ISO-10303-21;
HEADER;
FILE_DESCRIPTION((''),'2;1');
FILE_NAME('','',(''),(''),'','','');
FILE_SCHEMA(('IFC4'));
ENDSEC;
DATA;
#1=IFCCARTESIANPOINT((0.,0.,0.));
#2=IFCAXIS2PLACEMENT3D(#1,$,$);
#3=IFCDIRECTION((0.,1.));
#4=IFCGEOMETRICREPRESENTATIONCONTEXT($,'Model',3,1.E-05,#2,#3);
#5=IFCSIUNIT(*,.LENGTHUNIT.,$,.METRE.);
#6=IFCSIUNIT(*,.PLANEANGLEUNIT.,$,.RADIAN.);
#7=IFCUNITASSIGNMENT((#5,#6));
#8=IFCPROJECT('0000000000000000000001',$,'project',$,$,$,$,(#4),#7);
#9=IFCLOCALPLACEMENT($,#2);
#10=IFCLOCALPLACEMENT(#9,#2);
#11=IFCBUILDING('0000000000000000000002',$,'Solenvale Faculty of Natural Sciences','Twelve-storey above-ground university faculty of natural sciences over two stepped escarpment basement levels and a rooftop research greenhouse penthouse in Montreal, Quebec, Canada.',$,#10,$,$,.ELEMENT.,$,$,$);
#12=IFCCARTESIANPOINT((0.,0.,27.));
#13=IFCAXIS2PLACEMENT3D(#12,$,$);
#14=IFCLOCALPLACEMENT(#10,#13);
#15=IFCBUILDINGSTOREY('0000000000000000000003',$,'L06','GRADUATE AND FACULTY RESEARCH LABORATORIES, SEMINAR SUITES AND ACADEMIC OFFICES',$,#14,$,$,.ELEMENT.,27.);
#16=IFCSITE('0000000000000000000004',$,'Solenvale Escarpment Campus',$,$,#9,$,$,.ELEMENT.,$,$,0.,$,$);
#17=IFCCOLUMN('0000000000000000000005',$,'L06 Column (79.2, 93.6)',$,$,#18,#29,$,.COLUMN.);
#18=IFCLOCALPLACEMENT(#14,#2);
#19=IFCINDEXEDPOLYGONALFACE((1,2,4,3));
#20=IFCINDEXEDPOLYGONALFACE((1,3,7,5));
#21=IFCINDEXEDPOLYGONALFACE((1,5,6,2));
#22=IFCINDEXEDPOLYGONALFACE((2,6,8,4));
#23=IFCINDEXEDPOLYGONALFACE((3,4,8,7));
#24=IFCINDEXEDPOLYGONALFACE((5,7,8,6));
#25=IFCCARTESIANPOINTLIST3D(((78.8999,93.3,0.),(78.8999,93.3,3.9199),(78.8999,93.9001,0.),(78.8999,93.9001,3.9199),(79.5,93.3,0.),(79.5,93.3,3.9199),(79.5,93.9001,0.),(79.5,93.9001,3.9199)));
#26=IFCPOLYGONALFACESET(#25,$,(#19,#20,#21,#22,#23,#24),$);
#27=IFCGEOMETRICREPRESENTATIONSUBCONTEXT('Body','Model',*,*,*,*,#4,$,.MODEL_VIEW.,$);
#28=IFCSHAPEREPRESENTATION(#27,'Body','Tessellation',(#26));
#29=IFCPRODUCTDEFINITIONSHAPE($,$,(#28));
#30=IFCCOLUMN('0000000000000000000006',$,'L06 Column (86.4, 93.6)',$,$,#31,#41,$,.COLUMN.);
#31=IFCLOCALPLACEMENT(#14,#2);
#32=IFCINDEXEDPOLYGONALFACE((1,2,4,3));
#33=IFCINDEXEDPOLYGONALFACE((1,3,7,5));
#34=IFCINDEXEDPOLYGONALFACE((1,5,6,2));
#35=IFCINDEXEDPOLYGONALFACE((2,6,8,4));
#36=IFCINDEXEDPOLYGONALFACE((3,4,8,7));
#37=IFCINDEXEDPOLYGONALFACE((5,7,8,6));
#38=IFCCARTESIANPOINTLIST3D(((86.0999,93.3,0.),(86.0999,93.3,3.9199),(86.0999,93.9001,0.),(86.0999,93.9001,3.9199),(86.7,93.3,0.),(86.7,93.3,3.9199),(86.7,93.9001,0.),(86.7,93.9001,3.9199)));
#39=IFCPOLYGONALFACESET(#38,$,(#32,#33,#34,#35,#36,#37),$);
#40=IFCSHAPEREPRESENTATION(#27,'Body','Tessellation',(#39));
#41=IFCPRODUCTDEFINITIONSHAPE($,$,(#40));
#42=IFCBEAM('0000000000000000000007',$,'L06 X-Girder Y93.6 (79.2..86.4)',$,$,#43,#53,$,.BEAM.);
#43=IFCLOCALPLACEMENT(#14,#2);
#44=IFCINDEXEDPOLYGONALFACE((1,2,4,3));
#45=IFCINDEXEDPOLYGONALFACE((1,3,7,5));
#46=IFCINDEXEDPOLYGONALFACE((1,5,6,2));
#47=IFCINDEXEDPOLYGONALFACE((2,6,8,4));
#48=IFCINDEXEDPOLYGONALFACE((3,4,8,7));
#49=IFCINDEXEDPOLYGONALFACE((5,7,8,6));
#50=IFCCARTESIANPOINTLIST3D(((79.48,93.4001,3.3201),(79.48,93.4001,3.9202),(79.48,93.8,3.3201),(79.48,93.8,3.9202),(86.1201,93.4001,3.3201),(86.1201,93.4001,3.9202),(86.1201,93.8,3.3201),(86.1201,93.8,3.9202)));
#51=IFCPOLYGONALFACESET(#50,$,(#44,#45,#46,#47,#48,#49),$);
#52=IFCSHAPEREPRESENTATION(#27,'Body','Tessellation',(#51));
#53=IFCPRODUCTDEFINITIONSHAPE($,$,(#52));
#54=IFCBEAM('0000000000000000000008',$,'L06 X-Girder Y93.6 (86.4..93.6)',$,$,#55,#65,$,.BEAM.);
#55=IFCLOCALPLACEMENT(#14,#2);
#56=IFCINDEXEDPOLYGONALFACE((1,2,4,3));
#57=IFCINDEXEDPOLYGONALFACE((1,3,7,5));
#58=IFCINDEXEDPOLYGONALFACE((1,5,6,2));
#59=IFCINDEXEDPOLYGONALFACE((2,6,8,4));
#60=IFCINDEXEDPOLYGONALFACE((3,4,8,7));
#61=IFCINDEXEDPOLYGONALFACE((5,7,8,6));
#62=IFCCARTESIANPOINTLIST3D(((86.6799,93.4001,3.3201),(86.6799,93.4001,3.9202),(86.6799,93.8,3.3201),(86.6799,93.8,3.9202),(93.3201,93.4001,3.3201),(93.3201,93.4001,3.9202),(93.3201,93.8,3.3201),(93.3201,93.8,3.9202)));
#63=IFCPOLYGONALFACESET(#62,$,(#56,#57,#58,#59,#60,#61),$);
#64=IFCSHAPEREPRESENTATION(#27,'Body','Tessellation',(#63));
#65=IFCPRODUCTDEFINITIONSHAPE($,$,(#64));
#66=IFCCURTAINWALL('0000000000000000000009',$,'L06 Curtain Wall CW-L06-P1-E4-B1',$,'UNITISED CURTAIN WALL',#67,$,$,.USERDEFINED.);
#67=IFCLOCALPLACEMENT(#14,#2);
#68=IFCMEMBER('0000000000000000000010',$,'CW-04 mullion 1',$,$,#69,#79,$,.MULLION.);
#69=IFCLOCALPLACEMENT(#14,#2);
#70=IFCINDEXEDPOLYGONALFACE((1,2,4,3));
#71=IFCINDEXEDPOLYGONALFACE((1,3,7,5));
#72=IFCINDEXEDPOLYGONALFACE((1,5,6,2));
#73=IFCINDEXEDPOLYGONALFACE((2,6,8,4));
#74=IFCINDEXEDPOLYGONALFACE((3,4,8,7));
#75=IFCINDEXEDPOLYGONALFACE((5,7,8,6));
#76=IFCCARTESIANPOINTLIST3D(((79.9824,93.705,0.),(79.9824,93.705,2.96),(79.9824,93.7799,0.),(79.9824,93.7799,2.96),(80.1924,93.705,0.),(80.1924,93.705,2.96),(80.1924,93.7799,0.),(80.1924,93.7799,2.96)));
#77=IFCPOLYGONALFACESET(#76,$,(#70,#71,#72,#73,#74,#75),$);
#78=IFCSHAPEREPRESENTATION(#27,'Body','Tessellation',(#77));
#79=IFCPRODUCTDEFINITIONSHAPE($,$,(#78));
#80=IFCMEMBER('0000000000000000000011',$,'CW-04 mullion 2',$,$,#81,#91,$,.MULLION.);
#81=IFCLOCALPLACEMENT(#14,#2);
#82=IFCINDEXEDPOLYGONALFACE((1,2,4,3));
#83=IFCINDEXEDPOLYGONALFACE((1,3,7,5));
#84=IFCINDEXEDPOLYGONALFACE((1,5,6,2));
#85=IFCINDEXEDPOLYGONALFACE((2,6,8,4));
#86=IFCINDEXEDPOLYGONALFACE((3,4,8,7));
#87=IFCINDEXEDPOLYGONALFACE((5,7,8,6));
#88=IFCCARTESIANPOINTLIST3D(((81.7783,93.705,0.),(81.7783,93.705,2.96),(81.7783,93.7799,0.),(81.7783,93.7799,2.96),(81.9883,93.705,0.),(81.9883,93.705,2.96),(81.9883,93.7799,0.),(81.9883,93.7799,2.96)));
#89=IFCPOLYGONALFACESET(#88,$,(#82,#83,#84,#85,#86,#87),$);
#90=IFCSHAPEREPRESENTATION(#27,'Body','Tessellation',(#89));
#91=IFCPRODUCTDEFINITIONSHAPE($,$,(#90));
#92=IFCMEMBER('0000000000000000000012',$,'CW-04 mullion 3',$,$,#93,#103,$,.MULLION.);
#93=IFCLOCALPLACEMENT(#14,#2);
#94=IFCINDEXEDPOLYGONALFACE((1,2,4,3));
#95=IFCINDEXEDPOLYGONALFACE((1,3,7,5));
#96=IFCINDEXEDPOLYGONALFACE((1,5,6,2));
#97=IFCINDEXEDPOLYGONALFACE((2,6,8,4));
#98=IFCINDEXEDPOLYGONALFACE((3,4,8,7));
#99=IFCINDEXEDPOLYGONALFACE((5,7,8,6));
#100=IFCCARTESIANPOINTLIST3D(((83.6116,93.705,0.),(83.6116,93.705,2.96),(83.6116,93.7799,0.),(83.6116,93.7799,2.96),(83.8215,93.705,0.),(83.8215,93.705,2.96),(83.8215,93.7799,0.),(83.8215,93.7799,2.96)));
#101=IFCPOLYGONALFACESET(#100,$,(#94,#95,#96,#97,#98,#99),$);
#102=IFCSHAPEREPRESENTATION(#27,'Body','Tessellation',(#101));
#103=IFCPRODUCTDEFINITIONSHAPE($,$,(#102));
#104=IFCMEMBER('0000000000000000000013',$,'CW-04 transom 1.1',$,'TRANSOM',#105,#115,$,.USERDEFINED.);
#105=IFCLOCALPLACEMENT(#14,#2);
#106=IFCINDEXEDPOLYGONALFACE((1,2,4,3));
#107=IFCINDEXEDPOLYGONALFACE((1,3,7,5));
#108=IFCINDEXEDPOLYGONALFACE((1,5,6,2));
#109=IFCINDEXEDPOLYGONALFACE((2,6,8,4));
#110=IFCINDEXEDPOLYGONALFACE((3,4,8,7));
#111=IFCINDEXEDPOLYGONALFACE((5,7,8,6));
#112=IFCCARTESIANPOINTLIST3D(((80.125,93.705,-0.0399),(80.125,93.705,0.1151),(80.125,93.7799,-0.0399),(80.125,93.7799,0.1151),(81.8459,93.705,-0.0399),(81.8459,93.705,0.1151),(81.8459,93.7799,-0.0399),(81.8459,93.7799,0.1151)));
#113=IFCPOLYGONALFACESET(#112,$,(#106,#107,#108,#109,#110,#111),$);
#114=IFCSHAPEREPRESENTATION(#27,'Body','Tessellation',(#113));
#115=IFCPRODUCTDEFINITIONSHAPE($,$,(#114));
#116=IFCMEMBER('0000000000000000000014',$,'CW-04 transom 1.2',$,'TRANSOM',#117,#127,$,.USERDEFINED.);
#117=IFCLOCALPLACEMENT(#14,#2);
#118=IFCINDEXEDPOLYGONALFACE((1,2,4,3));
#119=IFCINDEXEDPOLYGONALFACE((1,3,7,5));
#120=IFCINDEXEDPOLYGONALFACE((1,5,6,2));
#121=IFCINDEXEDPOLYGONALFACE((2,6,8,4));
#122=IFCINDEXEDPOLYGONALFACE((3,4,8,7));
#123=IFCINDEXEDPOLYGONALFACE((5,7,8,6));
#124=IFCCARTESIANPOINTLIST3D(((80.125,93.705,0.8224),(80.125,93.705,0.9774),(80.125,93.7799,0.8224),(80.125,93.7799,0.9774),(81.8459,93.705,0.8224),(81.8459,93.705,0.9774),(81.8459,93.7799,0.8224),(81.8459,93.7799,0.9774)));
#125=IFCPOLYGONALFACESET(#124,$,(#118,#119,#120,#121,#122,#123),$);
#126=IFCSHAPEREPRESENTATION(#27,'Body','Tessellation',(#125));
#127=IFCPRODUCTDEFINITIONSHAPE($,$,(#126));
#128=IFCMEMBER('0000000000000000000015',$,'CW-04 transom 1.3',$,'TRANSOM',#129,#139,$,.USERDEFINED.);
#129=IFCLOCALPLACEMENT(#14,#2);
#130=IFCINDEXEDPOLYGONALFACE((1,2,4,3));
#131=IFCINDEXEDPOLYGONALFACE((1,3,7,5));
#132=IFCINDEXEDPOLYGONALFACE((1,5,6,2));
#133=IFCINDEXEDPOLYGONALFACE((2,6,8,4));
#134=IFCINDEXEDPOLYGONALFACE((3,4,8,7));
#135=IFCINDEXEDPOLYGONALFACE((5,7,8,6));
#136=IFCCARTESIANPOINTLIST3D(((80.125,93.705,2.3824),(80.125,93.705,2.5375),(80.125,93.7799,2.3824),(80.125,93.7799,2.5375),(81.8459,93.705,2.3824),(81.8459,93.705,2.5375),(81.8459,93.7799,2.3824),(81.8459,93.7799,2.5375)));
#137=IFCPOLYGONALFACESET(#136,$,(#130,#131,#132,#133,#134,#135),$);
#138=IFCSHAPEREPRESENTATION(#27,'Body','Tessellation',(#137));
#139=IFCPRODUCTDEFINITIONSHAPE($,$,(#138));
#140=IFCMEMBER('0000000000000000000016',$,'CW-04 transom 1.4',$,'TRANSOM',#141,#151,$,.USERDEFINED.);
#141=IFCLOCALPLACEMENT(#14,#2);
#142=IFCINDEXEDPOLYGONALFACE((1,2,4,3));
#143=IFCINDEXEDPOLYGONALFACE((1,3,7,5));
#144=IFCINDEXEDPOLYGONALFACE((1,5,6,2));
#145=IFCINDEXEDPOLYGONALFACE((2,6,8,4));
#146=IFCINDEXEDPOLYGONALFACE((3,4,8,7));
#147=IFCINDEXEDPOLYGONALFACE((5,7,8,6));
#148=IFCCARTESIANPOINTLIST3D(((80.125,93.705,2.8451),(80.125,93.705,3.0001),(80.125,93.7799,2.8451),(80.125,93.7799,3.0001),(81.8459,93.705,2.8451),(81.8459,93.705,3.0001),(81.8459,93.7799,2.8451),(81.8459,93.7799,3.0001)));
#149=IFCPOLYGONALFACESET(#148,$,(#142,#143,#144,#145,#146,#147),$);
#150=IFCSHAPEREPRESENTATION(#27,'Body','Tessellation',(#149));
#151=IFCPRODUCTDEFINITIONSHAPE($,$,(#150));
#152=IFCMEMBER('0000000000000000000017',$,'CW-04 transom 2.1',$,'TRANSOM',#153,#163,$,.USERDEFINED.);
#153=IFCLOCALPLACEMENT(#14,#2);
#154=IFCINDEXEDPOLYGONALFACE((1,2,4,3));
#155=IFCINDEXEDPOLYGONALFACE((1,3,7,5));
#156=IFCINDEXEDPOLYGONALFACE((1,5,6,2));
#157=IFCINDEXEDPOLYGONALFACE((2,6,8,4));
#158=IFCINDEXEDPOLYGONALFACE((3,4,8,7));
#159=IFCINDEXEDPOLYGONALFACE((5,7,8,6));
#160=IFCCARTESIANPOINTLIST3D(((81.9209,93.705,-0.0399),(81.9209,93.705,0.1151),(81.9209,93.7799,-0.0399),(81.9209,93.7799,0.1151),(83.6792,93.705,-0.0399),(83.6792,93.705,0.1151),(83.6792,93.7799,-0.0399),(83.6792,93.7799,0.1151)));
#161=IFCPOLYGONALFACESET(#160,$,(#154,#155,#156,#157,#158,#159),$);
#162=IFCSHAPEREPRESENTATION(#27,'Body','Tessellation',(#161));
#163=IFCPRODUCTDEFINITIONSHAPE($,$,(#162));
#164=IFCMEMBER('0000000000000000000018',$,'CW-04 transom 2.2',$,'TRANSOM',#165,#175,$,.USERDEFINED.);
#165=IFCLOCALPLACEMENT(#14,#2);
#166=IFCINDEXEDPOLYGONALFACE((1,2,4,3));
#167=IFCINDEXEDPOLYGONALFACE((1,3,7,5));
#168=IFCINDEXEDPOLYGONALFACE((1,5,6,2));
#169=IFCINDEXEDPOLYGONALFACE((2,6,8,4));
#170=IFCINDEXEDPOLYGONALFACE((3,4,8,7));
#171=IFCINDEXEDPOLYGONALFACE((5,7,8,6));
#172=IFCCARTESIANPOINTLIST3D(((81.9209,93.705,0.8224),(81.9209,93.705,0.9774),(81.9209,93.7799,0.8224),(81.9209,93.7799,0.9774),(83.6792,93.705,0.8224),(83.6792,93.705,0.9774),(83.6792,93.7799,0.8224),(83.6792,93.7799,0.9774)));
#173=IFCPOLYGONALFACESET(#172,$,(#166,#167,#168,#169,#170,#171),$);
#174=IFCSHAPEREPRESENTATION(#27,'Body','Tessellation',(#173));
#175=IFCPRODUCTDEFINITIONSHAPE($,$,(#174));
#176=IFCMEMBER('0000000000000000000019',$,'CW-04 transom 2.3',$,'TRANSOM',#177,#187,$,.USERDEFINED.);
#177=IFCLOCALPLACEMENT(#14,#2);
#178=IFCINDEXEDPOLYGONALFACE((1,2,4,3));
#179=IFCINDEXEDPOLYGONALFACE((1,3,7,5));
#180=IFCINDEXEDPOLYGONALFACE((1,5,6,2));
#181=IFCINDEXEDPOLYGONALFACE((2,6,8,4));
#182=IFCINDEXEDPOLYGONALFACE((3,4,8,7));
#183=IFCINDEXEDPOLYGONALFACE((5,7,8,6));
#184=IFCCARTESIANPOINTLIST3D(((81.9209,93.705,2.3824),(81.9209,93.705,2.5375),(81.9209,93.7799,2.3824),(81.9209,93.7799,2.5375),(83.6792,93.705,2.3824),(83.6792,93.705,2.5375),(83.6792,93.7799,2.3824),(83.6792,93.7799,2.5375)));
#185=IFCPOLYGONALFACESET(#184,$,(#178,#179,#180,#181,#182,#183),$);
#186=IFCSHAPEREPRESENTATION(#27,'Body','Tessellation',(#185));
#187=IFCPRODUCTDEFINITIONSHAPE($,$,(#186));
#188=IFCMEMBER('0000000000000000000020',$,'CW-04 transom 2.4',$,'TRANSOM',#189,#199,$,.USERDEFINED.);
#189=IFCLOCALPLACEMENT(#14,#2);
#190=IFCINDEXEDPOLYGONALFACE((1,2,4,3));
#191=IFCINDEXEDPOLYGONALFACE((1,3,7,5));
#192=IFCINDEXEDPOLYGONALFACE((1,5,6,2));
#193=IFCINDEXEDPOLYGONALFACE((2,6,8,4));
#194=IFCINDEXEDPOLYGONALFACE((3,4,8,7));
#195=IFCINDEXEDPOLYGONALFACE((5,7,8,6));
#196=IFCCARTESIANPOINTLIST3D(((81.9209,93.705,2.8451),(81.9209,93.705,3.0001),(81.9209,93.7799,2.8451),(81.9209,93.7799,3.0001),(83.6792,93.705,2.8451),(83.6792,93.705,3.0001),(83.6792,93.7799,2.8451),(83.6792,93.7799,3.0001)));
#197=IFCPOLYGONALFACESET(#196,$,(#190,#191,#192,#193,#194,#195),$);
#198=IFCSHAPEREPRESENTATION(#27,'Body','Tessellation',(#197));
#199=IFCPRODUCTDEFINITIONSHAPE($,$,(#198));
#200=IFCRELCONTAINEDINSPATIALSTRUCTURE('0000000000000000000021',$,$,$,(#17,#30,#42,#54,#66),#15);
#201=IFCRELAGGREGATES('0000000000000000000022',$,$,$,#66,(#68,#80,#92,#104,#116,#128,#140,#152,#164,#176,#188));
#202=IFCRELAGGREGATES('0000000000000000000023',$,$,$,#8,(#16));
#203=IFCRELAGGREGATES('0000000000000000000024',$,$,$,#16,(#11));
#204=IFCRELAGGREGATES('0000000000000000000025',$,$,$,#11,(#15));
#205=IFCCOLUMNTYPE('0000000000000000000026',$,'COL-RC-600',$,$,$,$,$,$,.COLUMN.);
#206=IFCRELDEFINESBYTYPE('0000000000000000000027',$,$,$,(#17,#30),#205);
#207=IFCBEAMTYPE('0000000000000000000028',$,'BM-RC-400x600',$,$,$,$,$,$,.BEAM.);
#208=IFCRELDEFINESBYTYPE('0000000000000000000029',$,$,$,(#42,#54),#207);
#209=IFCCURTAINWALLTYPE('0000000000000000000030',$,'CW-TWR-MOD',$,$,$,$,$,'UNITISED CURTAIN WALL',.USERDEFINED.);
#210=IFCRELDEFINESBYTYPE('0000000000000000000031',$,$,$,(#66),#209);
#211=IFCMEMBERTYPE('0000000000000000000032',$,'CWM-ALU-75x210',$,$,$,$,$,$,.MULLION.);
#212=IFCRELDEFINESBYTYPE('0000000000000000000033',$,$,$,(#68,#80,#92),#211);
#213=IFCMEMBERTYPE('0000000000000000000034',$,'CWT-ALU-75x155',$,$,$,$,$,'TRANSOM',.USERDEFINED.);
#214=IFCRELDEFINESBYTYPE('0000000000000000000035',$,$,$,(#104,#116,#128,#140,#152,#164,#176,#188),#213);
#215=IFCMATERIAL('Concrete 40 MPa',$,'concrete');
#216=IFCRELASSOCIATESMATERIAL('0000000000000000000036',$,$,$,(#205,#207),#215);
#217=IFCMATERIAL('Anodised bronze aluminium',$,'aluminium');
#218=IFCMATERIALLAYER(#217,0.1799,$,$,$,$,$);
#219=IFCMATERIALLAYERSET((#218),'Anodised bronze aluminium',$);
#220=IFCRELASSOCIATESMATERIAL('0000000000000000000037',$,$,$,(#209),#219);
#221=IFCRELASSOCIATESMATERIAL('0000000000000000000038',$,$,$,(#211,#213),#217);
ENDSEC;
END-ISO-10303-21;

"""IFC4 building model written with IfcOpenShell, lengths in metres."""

from ifc_helpers import new_model, si_unit, direction, frame, origin, origin_2d, place, context, subcontext, project, spatial, rectangle, extrude, material, layer, layer_set, material_profile, profile_set, type_object, element, aggregate, save


model = new_model("IFC4")

# Units and contexts
model_context = context("Model", 3, precision=1e-05, world=origin(), true_north=direction((0.0, 1.0)))
body_context = subcontext(model_context, "Body", "Model", "MODEL_VIEW")
ifc_project = project(units=[si_unit("LENGTHUNIT", "METRE"), si_unit("PLANEANGLEUNIT", "RADIAN")], contexts=[model_context])

# Site, building, storey
site_placement = place(None, origin())
site = spatial("IfcSite", under=ifc_project, at=site_placement, Name="Solenvale Escarpment Campus", CompositionType="ELEMENT", RefElevation=0.0)
building_placement = place(site_placement, origin())
building = spatial("IfcBuilding", under=site, at=building_placement, Name="Solenvale Faculty of Natural Sciences", Description="Twelve-storey above-ground university faculty of natural sciences over two stepped escarpment basement levels and a rooftop research greenhouse penthouse in Montreal, Quebec, Canada.", CompositionType="ELEMENT")
storey_placement = place(building_placement, frame((0.0, 0.0, 27.0)))
storey = spatial("IfcBuildingStorey", under=building, at=storey_placement, Name="L06", Description="GRADUATE AND FACULTY RESEARCH LABORATORIES, SEMINAR SUITES AND ACADEMIC OFFICES", CompositionType="ELEMENT", Elevation=27.0)

# Columns
ifc_material_1 = material(Name="Concrete 40 MPa", Category="concrete")
ifc_material_profile_1 = material_profile(ifc_material_1, rectangle(XDim=0.6001, YDim=0.6001, at=origin_2d()), Name="RC-COL-600x600")
ifc_profile_set_1 = profile_set([ifc_material_profile_1], Name="Concrete 40 MPa")
column_type = type_object("IfcColumnType", Name="COL-RC-600", PredefinedType="COLUMN", material=ifc_profile_set_1)
for number, where, z_axis, x_axis, name in (
    (1, (79.2, 93.6001, 0.0), (0.0, 0.0, 1.0), (1.0, 0.0, 0.0), "L06 Column (79.2, 93.6)"),
    (2, (86.3999, 93.6001, 0.0), (0.0, 0.0, 1.0), (1.0, 0.0, 0.0), "L06 Column (86.4, 93.6)"),
):
    element("IfcColumn", number, at=place(storey_placement, frame(where, z_axis=z_axis, x_axis=x_axis)), inside=storey, type_object=column_type, Name=name, PredefinedType="COLUMN", context=body_context, shape_type="SweptSolid", body=[
        extrude(rectangle(XDim=0.6001, YDim=0.6001, at=origin_2d()), origin(), (0.0, 0.0, 1.0), 3.9199),
    ])

# Beams
ifc_material_profile_2 = material_profile(ifc_material_1, rectangle(XDim=0.3999, YDim=0.6001, at=origin_2d()), Name="RC-BM-400x600")
ifc_profile_set_2 = profile_set([ifc_material_profile_2], Name="Concrete 40 MPa")
beam_type = type_object("IfcBeamType", Name="BM-RC-400x600", PredefinedType="BEAM", material=ifc_profile_set_2)
for number, where, z_axis, x_axis, name in (
    (3, (79.48, 93.6001, 3.6201), (1.0, 0.0, 0.0), (0.0, 1.0, 0.0), "L06 X-Girder Y93.6 (79.2..86.4)"),
    (4, (86.6799, 93.6001, 3.6201), (1.0, 0.0, 0.0), (0.0, 1.0, 0.0), "L06 X-Girder Y93.6 (86.4..93.6)"),
):
    element("IfcBeam", number, at=place(storey_placement, frame(where, z_axis=z_axis, x_axis=x_axis)), inside=storey, type_object=beam_type, Name=name, PredefinedType="BEAM", context=body_context, shape_type="SweptSolid", body=[
        extrude(rectangle(XDim=0.3999, YDim=0.6001, at=origin_2d()), origin(), (0.0, 0.0, 1.0), 6.6401),
    ])

# Curtain wall, members
ifc_material_2 = material(Name="Anodised bronze aluminium", Category="aluminium")
ifc_layer_1 = layer(ifc_material_2, 0.1799)
ifc_layer_set_1 = layer_set([ifc_layer_1], Name="Anodised bronze aluminium")
curtain_wall_type = type_object("IfcCurtainWallType", Name="CW-TWR-MOD", ElementType="UNITISED CURTAIN WALL", PredefinedType="USERDEFINED", material=ifc_layer_set_1)
curtain_wall_placement = place(storey_placement, origin())
curtain_wall = element("IfcCurtainWall", 5, at=curtain_wall_placement, inside=storey, type_object=curtain_wall_type, Name="L06 Curtain Wall CW-L06-P1-E4-B1", ObjectType="UNITISED CURTAIN WALL", PredefinedType="USERDEFINED")
ifc_material_profile_3 = material_profile(ifc_material_2, rectangle(XDim=0.075, YDim=0.21, at=origin_2d()), Name="ALU-MUL-75x210")
ifc_profile_set_3 = profile_set([ifc_material_profile_3], Name="Anodised bronze aluminium")
member_type_1 = type_object("IfcMemberType", Name="CWM-ALU-75x210", PredefinedType="MULLION", material=ifc_profile_set_3)
member_1_placement = place(storey_placement, frame((80.0874, 93.7424, 0.0), z_axis=(0.0, 0.0, 1.0), x_axis=(0.0, 1.0, 0.0)))
member_1 = element("IfcMember", 6, at=member_1_placement, type_object=member_type_1, Name="CW-04 mullion 1", PredefinedType="MULLION", context=body_context, shape_type="SweptSolid", body=[
    extrude(rectangle(XDim=0.075, YDim=0.21, at=origin_2d()), origin(), (0.0, 0.0, 1.0), 2.96),
])
member_2_placement = place(storey_placement, frame((81.8833, 93.7424, 0.0), z_axis=(0.0, 0.0, 1.0), x_axis=(0.0, 1.0, 0.0)))
member_2 = element("IfcMember", 7, at=member_2_placement, type_object=member_type_1, Name="CW-04 mullion 2", PredefinedType="MULLION", context=body_context, shape_type="SweptSolid", body=[
    extrude(rectangle(XDim=0.075, YDim=0.21, at=origin_2d()), origin(), (0.0, 0.0, 1.0), 2.96),
])
member_3_placement = place(storey_placement, frame((83.7166, 93.7424, 0.0), z_axis=(0.0, 0.0, 1.0), x_axis=(0.0, 1.0, 0.0)))
member_3 = element("IfcMember", 8, at=member_3_placement, type_object=member_type_1, Name="CW-04 mullion 3", PredefinedType="MULLION", context=body_context, shape_type="SweptSolid", body=[
    extrude(rectangle(XDim=0.075, YDim=0.21, at=origin_2d()), origin(), (0.0, 0.0, 1.0), 2.96),
])
ifc_material_profile_4 = material_profile(ifc_material_2, rectangle(XDim=0.075, YDim=0.155, at=origin_2d()), Name="ALU-TRN-75x155")
ifc_profile_set_4 = profile_set([ifc_material_profile_4], Name="Anodised bronze aluminium")
member_type_2 = type_object("IfcMemberType", Name="CWT-ALU-75x155", ElementType="TRANSOM", PredefinedType="USERDEFINED", material=ifc_profile_set_4)
member_4_placement = place(storey_placement, frame((80.125, 93.7424, 0.0376), z_axis=(1.0, 0.0, 0.0), x_axis=(0.0, 1.0, 0.0)))
member_4 = element("IfcMember", 9, at=member_4_placement, type_object=member_type_2, Name="CW-04 transom 1.1", ObjectType="TRANSOM", PredefinedType="USERDEFINED", context=body_context, shape_type="SweptSolid", body=[
    extrude(rectangle(XDim=0.075, YDim=0.155, at=origin_2d()), origin(), (0.0, 0.0, 1.0), 1.7209),
])
member_5_placement = place(storey_placement, frame((80.125, 93.7424, 0.8999), z_axis=(1.0, 0.0, 0.0), x_axis=(0.0, 1.0, 0.0)))
member_5 = element("IfcMember", 10, at=member_5_placement, type_object=member_type_2, Name="CW-04 transom 1.2", ObjectType="TRANSOM", PredefinedType="USERDEFINED", context=body_context, shape_type="SweptSolid", body=[
    extrude(rectangle(XDim=0.075, YDim=0.155, at=origin_2d()), origin(), (0.0, 0.0, 1.0), 1.7209),
])
member_6_placement = place(storey_placement, frame((80.125, 93.7424, 2.46), z_axis=(1.0, 0.0, 0.0), x_axis=(0.0, 1.0, 0.0)))
member_6 = element("IfcMember", 11, at=member_6_placement, type_object=member_type_2, Name="CW-04 transom 1.3", ObjectType="TRANSOM", PredefinedType="USERDEFINED", context=body_context, shape_type="SweptSolid", body=[
    extrude(rectangle(XDim=0.075, YDim=0.155, at=origin_2d()), origin(), (0.0, 0.0, 1.0), 1.7209),
])
member_7_placement = place(storey_placement, frame((80.125, 93.7424, 2.9226), z_axis=(1.0, 0.0, 0.0), x_axis=(0.0, 1.0, 0.0)))
member_7 = element("IfcMember", 12, at=member_7_placement, type_object=member_type_2, Name="CW-04 transom 1.4", ObjectType="TRANSOM", PredefinedType="USERDEFINED", context=body_context, shape_type="SweptSolid", body=[
    extrude(rectangle(XDim=0.075, YDim=0.155, at=origin_2d()), origin(), (0.0, 0.0, 1.0), 1.7209),
])
member_8_placement = place(storey_placement, frame((81.9209, 93.7424, 0.0376), z_axis=(1.0, 0.0, 0.0), x_axis=(0.0, 1.0, 0.0)))
member_8 = element("IfcMember", 13, at=member_8_placement, type_object=member_type_2, Name="CW-04 transom 2.1", ObjectType="TRANSOM", PredefinedType="USERDEFINED", context=body_context, shape_type="SweptSolid", body=[
    extrude(rectangle(XDim=0.075, YDim=0.155, at=origin_2d()), origin(), (0.0, 0.0, 1.0), 1.7583),
])
member_9_placement = place(storey_placement, frame((81.9209, 93.7424, 0.8999), z_axis=(1.0, 0.0, 0.0), x_axis=(0.0, 1.0, 0.0)))
member_9 = element("IfcMember", 14, at=member_9_placement, type_object=member_type_2, Name="CW-04 transom 2.2", ObjectType="TRANSOM", PredefinedType="USERDEFINED", context=body_context, shape_type="SweptSolid", body=[
    extrude(rectangle(XDim=0.075, YDim=0.155, at=origin_2d()), origin(), (0.0, 0.0, 1.0), 1.7583),
])
member_10_placement = place(storey_placement, frame((81.9209, 93.7424, 2.46), z_axis=(1.0, 0.0, 0.0), x_axis=(0.0, 1.0, 0.0)))
member_10 = element("IfcMember", 15, at=member_10_placement, type_object=member_type_2, Name="CW-04 transom 2.3", ObjectType="TRANSOM", PredefinedType="USERDEFINED", context=body_context, shape_type="SweptSolid", body=[
    extrude(rectangle(XDim=0.075, YDim=0.155, at=origin_2d()), origin(), (0.0, 0.0, 1.0), 1.7583),
])
member_11_placement = place(storey_placement, frame((81.9209, 93.7424, 2.9226), z_axis=(1.0, 0.0, 0.0), x_axis=(0.0, 1.0, 0.0)))
member_11 = element("IfcMember", 16, at=member_11_placement, type_object=member_type_2, Name="CW-04 transom 2.4", ObjectType="TRANSOM", PredefinedType="USERDEFINED", context=body_context, shape_type="SweptSolid", body=[
    extrude(rectangle(XDim=0.075, YDim=0.155, at=origin_2d()), origin(), (0.0, 0.0, 1.0), 1.7583),
])
aggregate(curtain_wall, [member_1, member_2, member_3, member_4, member_5, member_6, member_7, member_8, member_9, member_10, member_11])

save(model, "model.ifc")
